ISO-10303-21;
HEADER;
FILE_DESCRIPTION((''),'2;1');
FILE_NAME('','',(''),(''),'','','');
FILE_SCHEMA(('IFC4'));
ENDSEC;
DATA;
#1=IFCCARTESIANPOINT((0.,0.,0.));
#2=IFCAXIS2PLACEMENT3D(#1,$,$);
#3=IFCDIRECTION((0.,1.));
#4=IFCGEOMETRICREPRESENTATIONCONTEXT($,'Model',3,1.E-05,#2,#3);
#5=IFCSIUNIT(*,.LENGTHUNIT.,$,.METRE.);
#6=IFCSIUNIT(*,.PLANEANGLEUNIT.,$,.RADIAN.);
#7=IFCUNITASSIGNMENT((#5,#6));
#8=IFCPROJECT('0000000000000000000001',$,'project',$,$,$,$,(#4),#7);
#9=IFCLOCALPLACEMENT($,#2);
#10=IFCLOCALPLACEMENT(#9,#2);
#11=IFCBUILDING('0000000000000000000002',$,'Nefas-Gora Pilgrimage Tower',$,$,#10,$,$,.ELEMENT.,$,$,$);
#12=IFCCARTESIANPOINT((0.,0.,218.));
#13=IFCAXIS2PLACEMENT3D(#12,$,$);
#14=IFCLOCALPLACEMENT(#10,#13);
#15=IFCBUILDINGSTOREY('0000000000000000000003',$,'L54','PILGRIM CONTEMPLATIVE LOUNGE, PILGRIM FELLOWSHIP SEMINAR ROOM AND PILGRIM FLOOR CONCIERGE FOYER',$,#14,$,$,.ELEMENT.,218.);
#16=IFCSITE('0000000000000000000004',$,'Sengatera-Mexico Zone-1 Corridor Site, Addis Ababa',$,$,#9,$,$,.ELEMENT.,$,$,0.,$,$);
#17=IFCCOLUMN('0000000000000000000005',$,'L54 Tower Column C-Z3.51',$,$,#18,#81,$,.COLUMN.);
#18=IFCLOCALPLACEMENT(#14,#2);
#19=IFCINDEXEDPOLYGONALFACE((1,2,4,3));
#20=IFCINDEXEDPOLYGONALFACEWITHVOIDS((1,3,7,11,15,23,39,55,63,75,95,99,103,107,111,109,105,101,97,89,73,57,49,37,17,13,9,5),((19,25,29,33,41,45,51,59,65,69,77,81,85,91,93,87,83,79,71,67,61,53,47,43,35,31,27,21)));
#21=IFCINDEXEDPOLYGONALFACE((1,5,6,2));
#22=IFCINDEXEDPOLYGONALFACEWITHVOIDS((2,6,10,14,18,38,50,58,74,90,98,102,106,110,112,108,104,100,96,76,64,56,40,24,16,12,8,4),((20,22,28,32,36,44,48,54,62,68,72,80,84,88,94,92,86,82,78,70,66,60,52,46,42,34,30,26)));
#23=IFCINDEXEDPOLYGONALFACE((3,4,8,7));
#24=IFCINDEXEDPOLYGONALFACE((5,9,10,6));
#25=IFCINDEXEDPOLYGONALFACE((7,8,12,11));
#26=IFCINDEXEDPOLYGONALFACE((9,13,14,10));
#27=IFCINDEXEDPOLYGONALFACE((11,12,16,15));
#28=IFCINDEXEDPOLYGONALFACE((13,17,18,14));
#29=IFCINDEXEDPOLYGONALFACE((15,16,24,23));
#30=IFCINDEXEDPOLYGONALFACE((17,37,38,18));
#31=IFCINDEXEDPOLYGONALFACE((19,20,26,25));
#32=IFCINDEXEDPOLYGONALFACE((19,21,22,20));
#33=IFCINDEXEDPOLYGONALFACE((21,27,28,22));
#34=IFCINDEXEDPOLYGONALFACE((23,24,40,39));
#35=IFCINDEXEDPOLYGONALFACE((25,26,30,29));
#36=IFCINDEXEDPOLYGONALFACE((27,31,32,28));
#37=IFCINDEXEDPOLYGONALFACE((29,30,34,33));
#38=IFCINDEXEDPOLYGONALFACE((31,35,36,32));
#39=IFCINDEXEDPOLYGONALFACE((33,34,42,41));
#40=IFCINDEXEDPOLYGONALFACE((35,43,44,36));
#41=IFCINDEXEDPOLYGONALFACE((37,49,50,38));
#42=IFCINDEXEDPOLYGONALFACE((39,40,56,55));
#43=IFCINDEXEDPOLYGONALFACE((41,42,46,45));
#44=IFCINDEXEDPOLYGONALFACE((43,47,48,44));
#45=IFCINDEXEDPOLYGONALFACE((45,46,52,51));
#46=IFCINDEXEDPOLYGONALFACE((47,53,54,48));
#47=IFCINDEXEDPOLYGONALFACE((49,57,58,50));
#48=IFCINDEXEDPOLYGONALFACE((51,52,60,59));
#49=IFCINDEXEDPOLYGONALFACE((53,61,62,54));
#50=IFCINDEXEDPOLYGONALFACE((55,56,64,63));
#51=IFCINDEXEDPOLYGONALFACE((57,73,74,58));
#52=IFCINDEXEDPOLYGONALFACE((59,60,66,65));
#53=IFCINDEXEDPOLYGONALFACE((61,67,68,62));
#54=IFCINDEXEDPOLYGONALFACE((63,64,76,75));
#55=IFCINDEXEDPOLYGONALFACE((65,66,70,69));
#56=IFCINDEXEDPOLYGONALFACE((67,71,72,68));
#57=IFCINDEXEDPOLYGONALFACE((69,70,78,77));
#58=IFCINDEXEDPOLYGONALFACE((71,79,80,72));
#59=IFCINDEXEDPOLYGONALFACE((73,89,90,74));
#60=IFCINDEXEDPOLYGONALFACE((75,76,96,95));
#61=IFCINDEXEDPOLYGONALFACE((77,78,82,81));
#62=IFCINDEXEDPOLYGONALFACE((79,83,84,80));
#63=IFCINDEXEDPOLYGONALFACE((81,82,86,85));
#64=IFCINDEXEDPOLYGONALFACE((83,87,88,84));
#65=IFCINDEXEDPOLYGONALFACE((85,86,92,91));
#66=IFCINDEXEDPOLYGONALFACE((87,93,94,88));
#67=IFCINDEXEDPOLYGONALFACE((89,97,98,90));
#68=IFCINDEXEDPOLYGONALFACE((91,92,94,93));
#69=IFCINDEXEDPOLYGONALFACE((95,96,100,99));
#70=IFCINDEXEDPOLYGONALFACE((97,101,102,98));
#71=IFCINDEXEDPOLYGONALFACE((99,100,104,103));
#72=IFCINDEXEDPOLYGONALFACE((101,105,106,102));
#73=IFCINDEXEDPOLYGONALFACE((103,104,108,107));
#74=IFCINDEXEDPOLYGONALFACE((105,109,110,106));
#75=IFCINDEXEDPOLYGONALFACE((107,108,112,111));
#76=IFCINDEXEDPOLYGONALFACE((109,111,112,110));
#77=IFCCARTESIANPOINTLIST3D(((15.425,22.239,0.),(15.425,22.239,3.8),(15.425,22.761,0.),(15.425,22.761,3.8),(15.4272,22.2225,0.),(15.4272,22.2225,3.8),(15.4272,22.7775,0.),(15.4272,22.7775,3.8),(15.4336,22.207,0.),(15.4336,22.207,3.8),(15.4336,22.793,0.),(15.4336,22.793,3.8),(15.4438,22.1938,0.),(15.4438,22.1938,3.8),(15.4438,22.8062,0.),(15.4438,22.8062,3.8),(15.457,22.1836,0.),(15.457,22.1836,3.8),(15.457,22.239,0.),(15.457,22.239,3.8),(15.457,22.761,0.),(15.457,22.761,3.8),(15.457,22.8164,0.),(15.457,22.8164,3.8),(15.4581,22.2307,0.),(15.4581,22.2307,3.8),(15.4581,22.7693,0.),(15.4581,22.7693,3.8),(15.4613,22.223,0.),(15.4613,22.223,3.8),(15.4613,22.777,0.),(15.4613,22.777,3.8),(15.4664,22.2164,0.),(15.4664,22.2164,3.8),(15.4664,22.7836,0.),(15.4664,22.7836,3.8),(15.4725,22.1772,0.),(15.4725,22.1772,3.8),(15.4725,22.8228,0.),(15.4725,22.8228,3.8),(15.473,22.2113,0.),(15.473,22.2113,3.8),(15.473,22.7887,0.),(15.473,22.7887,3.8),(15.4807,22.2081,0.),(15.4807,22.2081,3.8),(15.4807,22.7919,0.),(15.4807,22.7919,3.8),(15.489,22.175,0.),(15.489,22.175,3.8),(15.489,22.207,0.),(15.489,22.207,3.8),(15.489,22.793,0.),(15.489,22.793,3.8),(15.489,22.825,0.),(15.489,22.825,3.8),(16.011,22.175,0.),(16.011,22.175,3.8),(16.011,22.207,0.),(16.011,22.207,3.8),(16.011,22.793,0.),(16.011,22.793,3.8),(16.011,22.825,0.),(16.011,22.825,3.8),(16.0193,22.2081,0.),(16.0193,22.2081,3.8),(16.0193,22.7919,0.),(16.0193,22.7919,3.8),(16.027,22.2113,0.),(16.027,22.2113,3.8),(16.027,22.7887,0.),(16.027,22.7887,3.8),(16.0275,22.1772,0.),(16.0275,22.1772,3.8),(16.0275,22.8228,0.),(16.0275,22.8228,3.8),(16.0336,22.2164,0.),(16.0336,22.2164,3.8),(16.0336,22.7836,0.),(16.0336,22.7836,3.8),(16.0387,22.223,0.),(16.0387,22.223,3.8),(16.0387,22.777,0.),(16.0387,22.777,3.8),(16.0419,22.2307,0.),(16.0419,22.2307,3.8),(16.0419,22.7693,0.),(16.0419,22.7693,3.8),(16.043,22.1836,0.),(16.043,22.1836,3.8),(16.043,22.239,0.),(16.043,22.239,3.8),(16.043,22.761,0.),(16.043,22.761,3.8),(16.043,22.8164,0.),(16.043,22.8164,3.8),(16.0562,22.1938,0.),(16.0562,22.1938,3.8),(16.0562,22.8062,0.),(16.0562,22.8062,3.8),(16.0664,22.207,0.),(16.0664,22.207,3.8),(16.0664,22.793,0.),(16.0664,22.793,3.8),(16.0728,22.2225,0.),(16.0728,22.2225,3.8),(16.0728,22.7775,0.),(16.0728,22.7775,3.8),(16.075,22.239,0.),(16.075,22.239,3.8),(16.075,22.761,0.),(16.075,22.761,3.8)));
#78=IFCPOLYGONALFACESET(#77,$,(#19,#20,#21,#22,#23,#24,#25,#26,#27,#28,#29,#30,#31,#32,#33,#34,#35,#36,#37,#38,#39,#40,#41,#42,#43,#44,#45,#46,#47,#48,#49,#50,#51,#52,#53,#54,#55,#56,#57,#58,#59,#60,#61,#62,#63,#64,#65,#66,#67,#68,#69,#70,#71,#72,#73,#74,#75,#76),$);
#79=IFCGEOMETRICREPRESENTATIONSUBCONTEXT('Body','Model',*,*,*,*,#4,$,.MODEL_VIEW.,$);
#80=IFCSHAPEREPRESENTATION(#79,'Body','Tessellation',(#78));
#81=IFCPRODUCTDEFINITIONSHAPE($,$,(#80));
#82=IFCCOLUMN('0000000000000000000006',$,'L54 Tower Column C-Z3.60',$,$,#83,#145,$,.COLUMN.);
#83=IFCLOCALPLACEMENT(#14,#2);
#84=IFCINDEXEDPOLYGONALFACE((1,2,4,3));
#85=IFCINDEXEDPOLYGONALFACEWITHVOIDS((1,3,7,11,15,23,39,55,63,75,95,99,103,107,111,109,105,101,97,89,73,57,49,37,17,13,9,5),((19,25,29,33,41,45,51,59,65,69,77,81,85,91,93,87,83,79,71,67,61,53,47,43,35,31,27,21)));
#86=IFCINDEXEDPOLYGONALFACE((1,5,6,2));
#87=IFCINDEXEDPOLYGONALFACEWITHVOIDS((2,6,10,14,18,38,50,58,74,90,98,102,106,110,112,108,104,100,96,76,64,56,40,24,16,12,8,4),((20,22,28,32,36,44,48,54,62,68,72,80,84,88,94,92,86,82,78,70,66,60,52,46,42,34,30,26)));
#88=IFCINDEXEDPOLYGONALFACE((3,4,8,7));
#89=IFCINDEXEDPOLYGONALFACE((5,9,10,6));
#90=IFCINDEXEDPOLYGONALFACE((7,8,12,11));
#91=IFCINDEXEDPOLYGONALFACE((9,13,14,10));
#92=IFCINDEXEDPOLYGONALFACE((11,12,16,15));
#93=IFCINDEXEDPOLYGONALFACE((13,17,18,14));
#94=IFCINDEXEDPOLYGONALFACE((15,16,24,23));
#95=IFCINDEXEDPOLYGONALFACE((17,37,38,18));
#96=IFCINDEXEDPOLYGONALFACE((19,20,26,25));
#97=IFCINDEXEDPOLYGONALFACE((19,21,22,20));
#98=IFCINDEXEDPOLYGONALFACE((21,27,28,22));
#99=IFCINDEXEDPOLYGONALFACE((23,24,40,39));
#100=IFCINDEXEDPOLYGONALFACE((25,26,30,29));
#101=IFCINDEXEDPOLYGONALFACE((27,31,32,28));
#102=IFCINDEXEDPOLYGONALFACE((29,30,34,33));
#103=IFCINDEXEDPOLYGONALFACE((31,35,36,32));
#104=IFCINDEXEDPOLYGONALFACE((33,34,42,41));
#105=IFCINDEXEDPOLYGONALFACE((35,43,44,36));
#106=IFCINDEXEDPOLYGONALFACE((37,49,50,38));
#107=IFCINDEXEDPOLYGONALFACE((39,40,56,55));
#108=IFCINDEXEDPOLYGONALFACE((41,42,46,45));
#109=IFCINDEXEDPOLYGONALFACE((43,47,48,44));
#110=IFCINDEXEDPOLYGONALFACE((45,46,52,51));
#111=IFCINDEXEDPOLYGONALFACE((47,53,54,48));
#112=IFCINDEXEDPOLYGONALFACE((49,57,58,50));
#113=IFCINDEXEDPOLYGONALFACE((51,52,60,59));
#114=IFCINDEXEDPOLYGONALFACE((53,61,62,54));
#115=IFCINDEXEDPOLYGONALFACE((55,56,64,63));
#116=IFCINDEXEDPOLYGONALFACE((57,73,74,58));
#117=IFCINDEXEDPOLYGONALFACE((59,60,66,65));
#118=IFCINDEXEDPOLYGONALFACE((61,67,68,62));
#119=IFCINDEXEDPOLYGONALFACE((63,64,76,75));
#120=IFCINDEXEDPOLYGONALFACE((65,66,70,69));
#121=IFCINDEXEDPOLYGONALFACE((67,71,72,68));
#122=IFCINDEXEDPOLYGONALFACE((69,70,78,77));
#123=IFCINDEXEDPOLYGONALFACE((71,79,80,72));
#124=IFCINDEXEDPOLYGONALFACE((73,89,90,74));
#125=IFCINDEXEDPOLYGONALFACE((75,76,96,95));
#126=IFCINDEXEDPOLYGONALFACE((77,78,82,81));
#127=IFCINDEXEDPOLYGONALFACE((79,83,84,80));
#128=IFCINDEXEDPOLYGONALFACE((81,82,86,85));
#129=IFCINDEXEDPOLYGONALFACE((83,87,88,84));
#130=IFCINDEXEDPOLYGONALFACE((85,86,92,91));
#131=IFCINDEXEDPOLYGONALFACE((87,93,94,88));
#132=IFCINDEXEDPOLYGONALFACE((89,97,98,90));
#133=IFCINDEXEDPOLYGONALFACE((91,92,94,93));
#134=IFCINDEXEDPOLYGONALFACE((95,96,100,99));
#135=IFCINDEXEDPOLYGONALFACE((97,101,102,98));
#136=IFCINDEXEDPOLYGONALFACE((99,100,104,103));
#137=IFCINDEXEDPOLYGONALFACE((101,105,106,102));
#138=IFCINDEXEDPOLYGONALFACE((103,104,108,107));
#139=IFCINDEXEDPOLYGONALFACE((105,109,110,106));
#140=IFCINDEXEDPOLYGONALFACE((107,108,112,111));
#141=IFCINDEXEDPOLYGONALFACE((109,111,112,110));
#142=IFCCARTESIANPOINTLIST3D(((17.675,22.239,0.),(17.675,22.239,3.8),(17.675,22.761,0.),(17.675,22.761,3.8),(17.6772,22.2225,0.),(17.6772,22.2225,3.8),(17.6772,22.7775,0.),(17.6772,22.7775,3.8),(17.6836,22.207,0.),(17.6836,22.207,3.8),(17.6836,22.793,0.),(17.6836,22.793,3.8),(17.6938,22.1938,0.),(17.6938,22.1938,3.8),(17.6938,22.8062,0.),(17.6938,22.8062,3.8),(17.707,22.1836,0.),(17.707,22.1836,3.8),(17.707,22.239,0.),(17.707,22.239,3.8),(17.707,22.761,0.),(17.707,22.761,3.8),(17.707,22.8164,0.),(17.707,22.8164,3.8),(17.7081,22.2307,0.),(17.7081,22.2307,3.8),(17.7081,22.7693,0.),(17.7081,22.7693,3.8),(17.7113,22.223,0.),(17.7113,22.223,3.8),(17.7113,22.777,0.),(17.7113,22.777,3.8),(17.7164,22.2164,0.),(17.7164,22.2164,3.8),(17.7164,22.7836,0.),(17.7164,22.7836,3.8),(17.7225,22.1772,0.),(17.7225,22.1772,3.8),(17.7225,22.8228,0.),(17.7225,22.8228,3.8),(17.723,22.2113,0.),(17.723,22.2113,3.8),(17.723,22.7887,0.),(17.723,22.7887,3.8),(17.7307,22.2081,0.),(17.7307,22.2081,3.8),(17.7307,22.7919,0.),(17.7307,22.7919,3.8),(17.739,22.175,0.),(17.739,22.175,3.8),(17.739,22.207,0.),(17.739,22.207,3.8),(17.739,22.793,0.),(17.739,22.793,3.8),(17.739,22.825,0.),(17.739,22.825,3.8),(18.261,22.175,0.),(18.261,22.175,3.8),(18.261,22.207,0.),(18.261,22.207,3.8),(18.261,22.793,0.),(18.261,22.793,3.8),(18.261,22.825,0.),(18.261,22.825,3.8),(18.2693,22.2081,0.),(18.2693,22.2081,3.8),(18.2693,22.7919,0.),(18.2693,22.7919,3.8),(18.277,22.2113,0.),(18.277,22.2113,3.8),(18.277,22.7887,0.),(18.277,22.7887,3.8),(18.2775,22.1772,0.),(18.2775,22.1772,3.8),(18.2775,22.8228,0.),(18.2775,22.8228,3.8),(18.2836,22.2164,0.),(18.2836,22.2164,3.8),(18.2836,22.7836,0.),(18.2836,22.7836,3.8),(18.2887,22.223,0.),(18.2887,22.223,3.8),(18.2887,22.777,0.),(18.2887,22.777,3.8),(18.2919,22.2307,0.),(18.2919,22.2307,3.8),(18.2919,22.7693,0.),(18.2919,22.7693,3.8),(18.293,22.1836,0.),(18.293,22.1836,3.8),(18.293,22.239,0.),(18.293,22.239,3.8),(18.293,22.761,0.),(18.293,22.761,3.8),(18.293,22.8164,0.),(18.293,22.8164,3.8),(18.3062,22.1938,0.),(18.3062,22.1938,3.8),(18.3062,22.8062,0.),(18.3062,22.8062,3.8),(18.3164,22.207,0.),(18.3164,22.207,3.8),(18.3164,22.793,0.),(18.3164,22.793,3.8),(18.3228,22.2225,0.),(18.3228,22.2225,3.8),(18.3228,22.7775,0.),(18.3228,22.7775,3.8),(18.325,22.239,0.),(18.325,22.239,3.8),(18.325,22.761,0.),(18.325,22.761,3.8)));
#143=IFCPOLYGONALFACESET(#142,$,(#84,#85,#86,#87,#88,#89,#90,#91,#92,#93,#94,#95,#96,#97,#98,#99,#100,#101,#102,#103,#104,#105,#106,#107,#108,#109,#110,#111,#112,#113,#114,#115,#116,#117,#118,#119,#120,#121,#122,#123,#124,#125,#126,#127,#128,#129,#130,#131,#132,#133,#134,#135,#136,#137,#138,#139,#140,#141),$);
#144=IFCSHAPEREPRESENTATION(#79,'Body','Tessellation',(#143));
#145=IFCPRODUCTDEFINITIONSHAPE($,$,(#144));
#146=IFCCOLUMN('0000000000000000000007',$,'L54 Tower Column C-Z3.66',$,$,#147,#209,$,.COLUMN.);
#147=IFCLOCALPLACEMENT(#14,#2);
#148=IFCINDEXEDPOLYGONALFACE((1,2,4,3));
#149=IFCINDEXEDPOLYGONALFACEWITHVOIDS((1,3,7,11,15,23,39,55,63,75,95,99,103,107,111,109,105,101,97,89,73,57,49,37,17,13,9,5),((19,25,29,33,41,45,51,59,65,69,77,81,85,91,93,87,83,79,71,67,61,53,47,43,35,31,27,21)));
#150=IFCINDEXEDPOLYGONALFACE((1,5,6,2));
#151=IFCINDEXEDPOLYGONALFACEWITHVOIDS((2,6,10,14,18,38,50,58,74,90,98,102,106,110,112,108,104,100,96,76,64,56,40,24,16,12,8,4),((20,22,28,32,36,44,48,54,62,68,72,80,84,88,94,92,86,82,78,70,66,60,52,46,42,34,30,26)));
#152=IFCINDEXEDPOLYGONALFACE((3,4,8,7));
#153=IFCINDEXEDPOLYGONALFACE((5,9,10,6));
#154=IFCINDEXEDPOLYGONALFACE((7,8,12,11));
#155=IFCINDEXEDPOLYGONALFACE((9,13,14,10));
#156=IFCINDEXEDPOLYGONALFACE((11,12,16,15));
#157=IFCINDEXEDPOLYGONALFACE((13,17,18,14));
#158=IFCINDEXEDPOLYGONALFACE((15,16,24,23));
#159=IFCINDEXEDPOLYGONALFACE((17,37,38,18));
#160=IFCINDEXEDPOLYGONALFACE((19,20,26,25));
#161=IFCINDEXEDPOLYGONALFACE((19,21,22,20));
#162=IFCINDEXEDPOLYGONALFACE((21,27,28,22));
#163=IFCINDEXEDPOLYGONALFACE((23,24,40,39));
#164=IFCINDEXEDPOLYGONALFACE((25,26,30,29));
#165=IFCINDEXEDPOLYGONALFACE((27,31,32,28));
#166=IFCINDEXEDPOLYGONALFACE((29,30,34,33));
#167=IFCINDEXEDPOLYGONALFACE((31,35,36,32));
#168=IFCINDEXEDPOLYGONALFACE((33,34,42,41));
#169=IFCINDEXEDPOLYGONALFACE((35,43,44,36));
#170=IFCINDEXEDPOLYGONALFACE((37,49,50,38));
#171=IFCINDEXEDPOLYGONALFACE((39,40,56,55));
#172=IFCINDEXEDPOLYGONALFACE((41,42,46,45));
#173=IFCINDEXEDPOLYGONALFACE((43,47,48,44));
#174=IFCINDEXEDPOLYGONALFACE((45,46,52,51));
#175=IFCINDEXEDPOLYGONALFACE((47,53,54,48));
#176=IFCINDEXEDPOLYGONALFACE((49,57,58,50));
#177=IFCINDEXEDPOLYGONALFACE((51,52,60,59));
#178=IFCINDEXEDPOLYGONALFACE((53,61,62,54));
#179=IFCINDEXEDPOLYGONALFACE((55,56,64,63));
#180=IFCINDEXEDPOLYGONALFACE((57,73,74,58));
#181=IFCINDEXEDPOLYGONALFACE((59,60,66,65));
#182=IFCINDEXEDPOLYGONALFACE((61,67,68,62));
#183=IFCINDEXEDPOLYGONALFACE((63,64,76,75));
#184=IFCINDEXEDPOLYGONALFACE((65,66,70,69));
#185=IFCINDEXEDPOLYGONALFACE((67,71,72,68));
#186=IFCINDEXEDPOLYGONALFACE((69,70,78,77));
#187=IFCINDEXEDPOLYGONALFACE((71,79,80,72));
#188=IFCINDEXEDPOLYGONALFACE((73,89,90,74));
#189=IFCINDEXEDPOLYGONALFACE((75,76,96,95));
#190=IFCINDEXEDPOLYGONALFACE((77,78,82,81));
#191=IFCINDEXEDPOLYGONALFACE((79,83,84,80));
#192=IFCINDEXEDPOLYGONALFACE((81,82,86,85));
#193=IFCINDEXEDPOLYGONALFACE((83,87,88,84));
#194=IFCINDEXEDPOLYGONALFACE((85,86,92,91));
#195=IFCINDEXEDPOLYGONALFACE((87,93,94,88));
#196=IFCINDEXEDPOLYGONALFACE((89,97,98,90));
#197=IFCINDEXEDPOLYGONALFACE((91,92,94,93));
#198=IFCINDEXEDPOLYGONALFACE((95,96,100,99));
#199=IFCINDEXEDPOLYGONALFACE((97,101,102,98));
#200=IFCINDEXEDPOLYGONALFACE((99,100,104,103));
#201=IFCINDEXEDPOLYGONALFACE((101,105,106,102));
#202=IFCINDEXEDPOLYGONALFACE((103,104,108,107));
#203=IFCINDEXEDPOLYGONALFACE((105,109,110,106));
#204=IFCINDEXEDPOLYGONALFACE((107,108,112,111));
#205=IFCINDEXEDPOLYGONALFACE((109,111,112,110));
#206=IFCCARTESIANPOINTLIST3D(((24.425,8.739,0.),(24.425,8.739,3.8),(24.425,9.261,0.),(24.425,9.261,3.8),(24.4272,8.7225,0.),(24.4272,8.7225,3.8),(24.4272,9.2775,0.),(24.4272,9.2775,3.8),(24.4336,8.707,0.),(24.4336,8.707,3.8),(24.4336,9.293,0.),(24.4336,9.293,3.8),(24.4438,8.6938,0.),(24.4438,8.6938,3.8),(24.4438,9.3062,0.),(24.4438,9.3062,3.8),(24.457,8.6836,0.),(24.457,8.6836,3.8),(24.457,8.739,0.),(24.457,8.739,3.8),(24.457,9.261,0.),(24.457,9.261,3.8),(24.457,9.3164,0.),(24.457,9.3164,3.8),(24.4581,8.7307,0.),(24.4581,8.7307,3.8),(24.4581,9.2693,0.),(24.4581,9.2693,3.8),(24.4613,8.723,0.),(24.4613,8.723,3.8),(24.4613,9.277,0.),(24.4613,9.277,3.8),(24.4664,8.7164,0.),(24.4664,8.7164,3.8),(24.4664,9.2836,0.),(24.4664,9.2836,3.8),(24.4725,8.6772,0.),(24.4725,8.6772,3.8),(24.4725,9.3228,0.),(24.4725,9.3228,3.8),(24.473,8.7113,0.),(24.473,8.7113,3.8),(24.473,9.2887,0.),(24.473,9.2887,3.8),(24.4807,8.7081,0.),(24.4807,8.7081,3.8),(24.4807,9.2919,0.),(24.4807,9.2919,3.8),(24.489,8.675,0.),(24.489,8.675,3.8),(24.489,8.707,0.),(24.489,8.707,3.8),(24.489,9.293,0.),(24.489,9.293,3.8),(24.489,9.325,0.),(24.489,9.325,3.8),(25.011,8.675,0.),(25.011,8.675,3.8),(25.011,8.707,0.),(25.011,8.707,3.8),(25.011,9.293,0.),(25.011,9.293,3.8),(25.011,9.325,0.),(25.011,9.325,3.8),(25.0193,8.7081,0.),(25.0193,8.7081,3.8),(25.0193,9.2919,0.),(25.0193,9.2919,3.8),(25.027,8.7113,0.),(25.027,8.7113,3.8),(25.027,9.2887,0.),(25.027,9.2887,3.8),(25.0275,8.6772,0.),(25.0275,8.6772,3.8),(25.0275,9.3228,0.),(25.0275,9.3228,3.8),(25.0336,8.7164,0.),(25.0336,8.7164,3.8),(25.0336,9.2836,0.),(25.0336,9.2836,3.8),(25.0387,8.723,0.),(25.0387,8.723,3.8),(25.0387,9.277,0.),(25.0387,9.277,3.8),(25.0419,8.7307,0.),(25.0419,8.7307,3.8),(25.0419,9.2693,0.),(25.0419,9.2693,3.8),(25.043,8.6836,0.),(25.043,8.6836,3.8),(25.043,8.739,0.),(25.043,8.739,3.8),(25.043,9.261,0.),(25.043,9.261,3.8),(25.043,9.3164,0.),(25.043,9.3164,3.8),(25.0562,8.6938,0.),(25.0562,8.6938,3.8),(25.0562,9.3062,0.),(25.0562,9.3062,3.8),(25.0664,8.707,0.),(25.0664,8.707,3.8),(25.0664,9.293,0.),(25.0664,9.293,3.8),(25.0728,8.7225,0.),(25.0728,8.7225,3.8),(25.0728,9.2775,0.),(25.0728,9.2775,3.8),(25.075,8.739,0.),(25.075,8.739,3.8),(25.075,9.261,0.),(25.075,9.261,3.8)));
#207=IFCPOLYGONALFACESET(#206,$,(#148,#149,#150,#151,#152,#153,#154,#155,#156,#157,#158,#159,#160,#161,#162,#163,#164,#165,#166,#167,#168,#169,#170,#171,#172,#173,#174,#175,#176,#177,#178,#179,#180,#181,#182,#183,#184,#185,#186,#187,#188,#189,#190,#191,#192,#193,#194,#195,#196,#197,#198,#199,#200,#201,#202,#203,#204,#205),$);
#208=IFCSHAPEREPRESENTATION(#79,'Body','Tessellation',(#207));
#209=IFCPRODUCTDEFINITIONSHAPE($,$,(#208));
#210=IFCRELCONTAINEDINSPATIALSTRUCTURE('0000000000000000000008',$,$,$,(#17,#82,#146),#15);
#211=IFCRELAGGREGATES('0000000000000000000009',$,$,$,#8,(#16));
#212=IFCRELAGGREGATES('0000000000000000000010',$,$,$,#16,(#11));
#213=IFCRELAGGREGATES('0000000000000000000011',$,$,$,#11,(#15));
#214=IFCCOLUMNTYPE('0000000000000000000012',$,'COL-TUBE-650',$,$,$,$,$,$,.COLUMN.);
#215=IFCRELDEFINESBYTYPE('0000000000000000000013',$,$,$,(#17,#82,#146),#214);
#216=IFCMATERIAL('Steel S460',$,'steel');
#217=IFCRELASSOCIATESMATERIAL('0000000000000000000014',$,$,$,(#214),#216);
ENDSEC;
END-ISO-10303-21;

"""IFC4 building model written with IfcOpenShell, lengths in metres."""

from ifc_helpers import new_model, si_unit, direction, frame, origin, origin_2d, place, context, subcontext, project, spatial, hollow_rectangle, extrude, source, transform, mapped, material, material_profile, profile_set, type_object, element, save


model = new_model("IFC4")

# Units and contexts
model_context = context("Model", 3, precision=1e-05, world=origin(), true_north=direction((0.0, 1.0)))
body_context = subcontext(model_context, "Body", "Model", "MODEL_VIEW")
ifc_project = project(units=[si_unit("LENGTHUNIT", "METRE"), si_unit("PLANEANGLEUNIT", "RADIAN")], contexts=[model_context])

# Site, building, storey
site_placement = place(None, origin())
site = spatial("IfcSite", under=ifc_project, at=site_placement, Name="Sengatera-Mexico Zone-1 Corridor Site, Addis Ababa", CompositionType="ELEMENT", RefElevation=0.0)
building_placement = place(site_placement, origin())
building = spatial("IfcBuilding", under=site, at=building_placement, Name="Nefas-Gora Pilgrimage Tower", CompositionType="ELEMENT")
storey_placement = place(building_placement, frame((0.0, 0.0, 218.0)))
storey = spatial("IfcBuildingStorey", under=building, at=storey_placement, Name="L54", Description="PILGRIM CONTEMPLATIVE LOUNGE, PILGRIM FELLOWSHIP SEMINAR ROOM AND PILGRIM FLOOR CONCIERGE FOYER", CompositionType="ELEMENT", Elevation=218.0)

# Columns
ifc_material_1 = material(Name="Steel S460", Category="steel")
ifc_material_profile_1 = material_profile(ifc_material_1, hollow_rectangle(XDim=0.6499, YDim=0.6499, WallThickness=0.032, InnerFilletRadius=0.032, OuterFilletRadius=0.064, at=origin_2d()), Name="BOX 650x650x32")
ifc_profile_set_1 = profile_set([ifc_material_profile_1], Name="Steel S460")
column_type_1 = type_object("IfcColumnType", Name="COL-TUBE-650", PredefinedType="COLUMN", material=ifc_profile_set_1)
shared_shape_1 = source(origin(), body_context, "Body", "SweptSolid", [
    extrude(hollow_rectangle(XDim=0.6499, YDim=0.6499, WallThickness=0.032, InnerFilletRadius=0.032, OuterFilletRadius=0.064, at=origin_2d()), origin(), (0.0, 0.0, 1.0), 3.8),
])
for number, where, z_axis, x_axis, name in (
    (1, (15.75, 22.5, 0.0), (0.0, 0.0, 1.0), (1.0, 0.0, 0.0), "L54 Tower Column C-Z3.51"),
    (2, (18.0, 22.5, 0.0), (0.0, 0.0, 1.0), (1.0, 0.0, 0.0), "L54 Tower Column C-Z3.60"),
    (3, (24.75, 9.0, 0.0), (0.0, 0.0, 1.0), (1.0, 0.0, 0.0), "L54 Tower Column C-Z3.66"),
):
    element("IfcColumn", number, at=place(storey_placement, frame(where, z_axis=z_axis, x_axis=x_axis)), inside=storey, type_object=column_type_1, Name=name, PredefinedType="COLUMN", context=body_context, shape_type="MappedRepresentation", body=[
        mapped(shared_shape_1, transform((0.0, 0.0, 0.0), x_axis=(1.0, 0.0, 0.0), y_axis=(0.0, 1.0, 0.0), z_axis=(0.0, 0.0, 1.0), scale=1.0)),
    ])

save(model, "model.ifc")
